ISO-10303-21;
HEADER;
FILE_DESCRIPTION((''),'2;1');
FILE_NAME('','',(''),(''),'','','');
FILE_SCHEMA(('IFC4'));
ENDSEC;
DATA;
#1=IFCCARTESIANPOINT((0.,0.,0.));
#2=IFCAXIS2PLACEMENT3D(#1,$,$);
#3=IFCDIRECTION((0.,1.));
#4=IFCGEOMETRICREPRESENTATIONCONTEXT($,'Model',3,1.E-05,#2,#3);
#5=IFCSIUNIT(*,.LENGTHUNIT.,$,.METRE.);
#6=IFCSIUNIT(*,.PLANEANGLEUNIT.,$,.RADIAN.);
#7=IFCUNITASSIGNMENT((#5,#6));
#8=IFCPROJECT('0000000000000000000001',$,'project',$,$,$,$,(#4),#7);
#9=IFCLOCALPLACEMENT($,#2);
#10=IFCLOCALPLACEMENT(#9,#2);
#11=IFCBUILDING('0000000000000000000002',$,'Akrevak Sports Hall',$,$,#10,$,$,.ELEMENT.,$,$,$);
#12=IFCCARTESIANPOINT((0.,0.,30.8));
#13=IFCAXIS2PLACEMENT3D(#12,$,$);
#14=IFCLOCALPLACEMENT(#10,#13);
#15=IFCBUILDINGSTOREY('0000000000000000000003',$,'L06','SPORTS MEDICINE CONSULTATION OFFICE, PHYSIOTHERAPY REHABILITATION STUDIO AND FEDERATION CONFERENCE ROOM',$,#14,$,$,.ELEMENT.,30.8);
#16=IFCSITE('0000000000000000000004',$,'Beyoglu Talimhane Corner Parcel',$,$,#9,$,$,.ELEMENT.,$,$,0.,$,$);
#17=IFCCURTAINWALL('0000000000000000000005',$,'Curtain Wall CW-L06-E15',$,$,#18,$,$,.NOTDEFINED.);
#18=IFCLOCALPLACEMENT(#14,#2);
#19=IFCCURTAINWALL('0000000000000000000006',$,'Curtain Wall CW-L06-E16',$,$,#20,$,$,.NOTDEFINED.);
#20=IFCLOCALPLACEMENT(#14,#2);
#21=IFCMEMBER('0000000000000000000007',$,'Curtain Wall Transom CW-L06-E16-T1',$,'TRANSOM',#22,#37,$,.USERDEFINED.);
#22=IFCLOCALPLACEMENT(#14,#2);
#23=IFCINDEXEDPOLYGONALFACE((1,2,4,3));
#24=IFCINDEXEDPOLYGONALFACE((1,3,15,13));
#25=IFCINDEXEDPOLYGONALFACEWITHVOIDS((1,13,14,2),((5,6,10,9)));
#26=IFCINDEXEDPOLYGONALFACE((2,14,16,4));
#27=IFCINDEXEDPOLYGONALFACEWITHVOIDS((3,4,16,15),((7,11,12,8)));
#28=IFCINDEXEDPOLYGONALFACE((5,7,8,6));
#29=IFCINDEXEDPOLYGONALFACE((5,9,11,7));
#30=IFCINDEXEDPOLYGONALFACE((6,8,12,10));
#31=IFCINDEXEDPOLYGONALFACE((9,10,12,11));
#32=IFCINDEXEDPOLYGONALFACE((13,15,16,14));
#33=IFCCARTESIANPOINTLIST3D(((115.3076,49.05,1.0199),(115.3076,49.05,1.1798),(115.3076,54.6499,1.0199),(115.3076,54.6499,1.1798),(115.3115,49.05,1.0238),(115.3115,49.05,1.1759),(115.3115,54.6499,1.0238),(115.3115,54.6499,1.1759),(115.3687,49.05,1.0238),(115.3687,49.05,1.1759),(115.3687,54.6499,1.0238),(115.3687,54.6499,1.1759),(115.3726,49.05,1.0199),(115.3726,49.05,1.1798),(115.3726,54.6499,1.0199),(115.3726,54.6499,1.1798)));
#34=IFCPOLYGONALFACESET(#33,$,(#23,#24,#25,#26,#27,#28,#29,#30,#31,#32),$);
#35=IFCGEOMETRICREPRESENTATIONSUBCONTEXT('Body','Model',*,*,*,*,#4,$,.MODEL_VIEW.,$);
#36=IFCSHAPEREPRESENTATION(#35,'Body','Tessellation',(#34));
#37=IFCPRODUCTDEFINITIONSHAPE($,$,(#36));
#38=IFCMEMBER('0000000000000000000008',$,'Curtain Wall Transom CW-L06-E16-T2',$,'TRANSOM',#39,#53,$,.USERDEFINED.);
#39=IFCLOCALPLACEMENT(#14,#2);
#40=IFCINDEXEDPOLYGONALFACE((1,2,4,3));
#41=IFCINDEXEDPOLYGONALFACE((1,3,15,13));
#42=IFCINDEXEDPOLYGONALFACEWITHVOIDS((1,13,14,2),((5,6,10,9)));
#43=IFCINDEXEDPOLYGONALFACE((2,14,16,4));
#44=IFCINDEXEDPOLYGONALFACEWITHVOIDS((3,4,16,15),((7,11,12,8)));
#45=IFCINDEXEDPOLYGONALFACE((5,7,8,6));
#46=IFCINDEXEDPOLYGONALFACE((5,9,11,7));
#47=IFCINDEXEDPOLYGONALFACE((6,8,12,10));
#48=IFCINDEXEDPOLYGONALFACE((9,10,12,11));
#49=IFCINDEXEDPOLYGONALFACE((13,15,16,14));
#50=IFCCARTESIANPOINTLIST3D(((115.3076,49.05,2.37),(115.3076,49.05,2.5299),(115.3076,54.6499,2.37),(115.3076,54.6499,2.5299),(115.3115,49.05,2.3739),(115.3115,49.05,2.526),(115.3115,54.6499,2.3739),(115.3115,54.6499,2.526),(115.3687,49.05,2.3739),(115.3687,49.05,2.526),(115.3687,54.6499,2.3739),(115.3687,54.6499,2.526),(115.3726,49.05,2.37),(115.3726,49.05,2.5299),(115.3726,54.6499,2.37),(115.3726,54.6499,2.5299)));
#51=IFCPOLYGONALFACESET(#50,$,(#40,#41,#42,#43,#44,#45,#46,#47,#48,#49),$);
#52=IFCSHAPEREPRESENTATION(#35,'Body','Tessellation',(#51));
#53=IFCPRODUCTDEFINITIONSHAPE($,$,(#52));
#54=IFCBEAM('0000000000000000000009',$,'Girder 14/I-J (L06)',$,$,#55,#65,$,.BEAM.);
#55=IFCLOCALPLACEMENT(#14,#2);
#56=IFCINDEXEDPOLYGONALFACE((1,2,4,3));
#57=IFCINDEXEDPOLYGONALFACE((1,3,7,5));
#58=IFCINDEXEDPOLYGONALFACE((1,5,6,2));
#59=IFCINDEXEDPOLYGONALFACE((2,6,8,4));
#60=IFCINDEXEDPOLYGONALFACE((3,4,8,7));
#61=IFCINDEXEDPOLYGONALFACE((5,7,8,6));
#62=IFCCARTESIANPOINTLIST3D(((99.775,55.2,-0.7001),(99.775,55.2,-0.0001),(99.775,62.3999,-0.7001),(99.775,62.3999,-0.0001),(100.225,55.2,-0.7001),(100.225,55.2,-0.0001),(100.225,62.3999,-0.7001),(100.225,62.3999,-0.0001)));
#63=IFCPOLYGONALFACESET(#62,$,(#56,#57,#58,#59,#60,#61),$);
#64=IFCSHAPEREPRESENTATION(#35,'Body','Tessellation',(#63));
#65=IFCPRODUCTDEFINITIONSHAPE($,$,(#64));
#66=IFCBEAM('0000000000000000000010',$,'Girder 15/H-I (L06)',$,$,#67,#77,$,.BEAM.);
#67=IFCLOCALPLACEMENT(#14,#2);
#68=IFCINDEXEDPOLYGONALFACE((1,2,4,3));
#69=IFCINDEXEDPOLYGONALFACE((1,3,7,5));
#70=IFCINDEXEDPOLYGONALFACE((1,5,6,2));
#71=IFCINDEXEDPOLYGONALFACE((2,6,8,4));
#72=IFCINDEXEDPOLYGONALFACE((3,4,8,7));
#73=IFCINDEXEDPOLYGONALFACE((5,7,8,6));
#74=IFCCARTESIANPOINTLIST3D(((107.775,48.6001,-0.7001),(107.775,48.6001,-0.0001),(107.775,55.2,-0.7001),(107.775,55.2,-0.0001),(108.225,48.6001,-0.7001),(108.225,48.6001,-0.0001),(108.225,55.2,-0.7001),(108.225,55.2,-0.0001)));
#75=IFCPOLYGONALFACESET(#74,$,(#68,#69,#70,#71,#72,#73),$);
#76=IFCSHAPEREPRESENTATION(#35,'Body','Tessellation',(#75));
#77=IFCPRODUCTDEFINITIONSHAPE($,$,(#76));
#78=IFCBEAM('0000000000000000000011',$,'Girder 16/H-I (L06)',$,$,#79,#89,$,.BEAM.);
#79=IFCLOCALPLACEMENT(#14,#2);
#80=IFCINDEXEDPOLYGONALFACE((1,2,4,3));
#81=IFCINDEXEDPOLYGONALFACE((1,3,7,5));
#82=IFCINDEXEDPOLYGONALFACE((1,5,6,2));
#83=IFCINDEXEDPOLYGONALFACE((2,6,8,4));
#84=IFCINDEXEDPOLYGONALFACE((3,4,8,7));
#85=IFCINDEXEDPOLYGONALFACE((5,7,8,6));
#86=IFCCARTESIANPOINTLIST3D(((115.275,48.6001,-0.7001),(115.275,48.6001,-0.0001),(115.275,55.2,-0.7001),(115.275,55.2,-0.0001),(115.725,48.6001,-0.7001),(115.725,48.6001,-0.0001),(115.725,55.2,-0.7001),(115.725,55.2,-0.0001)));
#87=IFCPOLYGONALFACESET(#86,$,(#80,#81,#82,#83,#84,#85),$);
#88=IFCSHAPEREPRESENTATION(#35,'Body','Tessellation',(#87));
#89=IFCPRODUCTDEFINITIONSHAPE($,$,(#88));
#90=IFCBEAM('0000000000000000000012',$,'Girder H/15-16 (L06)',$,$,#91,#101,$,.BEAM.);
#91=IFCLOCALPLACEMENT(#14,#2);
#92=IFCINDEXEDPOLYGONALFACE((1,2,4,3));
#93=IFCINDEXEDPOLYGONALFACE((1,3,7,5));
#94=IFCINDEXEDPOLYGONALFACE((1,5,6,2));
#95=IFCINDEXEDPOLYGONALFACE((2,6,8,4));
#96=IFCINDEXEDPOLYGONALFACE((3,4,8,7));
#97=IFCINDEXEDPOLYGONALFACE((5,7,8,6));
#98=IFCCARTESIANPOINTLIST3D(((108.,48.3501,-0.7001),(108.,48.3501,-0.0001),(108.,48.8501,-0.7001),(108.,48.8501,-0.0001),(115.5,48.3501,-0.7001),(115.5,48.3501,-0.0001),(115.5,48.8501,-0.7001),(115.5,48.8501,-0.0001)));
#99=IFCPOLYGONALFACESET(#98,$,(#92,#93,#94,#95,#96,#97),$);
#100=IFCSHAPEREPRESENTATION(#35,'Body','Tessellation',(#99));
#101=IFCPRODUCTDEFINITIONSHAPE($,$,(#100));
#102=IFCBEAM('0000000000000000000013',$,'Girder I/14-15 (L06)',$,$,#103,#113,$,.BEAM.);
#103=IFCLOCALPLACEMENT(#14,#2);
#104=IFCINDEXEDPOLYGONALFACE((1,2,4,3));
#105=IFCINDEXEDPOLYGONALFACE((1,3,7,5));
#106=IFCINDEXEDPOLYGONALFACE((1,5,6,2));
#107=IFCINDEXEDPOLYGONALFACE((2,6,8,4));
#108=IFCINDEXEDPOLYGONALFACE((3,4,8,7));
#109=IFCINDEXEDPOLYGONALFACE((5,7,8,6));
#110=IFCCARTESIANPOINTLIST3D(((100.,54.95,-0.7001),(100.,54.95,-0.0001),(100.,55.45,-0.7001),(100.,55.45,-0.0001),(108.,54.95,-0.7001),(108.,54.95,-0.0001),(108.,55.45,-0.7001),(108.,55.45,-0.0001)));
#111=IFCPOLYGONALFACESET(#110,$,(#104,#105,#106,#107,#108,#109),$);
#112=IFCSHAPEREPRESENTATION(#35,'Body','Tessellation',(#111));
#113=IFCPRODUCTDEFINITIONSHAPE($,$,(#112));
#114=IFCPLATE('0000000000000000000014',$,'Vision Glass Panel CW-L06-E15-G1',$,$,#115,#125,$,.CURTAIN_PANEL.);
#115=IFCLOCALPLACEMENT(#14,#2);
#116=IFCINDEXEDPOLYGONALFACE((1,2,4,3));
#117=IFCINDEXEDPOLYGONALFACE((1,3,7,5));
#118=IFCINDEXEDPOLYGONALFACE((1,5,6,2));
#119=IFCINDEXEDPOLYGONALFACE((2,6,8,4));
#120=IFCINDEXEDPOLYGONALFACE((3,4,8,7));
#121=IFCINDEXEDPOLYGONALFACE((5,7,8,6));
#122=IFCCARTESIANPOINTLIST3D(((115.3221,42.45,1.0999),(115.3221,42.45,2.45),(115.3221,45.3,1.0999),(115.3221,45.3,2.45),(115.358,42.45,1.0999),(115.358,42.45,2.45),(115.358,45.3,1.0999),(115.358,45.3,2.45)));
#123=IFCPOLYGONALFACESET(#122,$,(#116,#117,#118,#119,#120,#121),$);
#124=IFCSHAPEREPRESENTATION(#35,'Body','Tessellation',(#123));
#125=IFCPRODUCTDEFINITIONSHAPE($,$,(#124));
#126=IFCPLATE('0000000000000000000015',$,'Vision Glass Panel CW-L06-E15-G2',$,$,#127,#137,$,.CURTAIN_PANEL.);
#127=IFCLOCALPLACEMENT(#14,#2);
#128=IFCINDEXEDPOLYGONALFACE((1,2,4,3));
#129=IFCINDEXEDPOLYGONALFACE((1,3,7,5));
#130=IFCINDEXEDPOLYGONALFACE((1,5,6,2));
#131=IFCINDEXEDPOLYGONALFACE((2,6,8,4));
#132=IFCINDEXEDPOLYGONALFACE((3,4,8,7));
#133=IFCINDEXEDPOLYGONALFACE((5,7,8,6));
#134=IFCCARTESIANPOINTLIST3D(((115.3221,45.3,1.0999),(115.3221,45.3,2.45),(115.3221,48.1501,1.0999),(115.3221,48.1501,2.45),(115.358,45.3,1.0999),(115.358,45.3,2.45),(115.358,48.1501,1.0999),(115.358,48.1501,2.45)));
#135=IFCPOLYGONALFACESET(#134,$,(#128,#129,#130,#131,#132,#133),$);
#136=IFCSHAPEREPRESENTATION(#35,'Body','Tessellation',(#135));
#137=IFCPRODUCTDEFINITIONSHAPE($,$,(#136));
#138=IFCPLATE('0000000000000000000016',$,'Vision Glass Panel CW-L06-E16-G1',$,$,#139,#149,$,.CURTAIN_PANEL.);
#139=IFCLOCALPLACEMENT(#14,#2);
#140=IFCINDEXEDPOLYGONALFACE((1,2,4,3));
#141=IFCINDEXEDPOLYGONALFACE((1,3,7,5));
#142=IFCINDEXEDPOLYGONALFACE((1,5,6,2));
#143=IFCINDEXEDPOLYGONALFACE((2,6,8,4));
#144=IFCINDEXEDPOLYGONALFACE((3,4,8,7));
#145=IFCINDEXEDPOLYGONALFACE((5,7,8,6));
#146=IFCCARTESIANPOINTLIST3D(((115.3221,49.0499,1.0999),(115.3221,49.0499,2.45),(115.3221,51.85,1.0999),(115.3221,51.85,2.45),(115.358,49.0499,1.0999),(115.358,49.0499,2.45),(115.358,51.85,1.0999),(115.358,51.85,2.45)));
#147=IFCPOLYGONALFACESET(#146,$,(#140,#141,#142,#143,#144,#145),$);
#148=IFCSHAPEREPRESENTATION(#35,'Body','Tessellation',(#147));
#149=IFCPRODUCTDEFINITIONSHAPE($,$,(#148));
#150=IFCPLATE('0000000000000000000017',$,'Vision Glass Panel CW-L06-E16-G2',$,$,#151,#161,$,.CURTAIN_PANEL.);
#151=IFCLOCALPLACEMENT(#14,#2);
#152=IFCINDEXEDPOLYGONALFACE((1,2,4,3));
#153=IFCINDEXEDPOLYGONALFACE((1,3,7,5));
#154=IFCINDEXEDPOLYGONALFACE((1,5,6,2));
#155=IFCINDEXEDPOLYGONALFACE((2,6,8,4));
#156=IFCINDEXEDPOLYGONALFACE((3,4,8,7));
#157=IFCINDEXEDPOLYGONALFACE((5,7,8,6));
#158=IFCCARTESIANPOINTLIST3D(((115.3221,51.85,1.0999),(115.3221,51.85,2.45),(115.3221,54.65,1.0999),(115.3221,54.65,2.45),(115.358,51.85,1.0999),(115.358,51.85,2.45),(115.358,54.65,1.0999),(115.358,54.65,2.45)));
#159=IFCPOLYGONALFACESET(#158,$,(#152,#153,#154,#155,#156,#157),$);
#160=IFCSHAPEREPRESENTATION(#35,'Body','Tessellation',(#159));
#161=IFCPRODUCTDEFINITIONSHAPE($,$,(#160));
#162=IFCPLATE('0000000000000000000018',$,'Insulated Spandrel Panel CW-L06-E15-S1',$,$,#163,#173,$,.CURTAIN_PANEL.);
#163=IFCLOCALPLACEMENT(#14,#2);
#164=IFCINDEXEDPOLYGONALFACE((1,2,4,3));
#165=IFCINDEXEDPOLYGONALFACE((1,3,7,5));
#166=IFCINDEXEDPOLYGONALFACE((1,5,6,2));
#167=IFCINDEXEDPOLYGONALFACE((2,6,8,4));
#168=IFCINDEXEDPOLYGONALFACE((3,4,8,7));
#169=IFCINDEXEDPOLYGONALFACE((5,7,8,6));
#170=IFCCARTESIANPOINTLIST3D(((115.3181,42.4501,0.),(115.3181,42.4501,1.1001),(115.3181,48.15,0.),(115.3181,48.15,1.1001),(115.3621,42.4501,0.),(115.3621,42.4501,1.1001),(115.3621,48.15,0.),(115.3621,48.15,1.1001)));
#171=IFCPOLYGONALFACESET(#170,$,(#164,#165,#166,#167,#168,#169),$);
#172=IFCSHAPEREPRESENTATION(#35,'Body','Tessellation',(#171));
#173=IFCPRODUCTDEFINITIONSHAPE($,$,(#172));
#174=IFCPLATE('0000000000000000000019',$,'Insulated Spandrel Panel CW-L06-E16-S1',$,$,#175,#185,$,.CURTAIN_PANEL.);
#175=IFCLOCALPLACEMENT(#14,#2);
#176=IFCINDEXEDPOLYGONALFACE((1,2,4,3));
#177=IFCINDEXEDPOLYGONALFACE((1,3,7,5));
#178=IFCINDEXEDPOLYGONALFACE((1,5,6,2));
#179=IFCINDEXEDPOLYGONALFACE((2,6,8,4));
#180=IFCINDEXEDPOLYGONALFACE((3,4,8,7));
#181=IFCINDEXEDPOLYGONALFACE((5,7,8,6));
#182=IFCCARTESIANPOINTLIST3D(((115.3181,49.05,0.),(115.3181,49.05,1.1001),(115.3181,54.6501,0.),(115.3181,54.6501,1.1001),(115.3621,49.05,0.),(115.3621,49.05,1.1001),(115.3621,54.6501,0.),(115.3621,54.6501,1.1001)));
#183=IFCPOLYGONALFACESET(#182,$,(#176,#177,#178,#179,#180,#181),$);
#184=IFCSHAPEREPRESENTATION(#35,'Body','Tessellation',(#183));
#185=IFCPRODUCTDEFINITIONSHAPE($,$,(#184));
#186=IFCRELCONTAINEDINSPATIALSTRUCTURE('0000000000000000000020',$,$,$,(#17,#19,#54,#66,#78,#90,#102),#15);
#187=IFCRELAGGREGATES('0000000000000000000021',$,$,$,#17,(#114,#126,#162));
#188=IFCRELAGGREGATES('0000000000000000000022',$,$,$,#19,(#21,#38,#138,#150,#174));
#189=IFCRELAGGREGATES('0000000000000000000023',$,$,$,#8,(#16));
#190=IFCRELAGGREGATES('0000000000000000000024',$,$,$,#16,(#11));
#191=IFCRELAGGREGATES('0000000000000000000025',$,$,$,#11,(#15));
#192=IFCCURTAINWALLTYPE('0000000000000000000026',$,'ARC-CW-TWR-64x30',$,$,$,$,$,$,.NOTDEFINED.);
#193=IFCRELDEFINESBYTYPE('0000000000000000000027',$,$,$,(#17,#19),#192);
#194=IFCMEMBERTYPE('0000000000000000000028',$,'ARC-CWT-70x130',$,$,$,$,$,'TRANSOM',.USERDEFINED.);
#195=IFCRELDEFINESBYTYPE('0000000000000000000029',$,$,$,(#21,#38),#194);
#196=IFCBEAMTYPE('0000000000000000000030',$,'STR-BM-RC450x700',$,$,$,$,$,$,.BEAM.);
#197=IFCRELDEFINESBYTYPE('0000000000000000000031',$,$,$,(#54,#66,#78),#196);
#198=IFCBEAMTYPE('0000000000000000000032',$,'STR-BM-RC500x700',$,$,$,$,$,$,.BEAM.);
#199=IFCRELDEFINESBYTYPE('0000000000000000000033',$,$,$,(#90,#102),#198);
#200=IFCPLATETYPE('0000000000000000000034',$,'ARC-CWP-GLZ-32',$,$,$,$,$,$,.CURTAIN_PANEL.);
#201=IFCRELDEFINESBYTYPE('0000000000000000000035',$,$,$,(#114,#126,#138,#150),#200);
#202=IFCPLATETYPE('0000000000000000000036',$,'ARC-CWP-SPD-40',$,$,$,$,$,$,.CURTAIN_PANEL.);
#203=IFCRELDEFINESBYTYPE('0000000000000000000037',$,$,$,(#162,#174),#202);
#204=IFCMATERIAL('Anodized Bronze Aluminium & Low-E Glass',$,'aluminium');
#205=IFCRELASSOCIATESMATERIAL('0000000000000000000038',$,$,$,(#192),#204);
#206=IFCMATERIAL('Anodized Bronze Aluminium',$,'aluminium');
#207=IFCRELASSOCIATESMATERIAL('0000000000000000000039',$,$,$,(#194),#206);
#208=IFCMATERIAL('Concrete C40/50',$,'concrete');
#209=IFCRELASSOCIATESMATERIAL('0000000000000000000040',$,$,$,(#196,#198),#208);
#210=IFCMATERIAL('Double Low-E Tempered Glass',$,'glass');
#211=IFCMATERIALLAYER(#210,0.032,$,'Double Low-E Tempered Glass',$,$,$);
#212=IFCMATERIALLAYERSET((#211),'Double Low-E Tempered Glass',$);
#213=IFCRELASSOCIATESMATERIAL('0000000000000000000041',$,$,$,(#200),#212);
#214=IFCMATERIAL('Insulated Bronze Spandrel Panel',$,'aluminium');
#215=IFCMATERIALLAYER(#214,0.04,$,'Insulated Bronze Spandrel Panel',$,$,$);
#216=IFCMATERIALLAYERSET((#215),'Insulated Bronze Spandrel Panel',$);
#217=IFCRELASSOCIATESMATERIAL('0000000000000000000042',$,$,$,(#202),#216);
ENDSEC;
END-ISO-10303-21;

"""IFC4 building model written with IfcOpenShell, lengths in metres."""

from ifc_helpers import new_model, si_unit, direction, frame, origin, origin_2d, place, context, subcontext, project, spatial, rectangle, hollow_rectangle, extrude, material, layer, layer_set, material_profile, profile_set, type_object, element, aggregate, save


model = new_model("IFC4")

# Units and contexts
model_context = context("Model", 3, precision=1e-05, world=origin(), true_north=direction((0.0, 1.0)))
body_context = subcontext(model_context, "Body", "Model", "MODEL_VIEW")
ifc_project = project(units=[si_unit("LENGTHUNIT", "METRE"), si_unit("PLANEANGLEUNIT", "RADIAN")], contexts=[model_context])

# Site, building, storey
site_placement = place(None, origin())
site = spatial("IfcSite", under=ifc_project, at=site_placement, Name="Beyoglu Talimhane Corner Parcel", CompositionType="ELEMENT", RefElevation=0.0)
building_placement = place(site_placement, origin())
building = spatial("IfcBuilding", under=site, at=building_placement, Name="Akrevak Sports Hall", CompositionType="ELEMENT")
storey_placement = place(building_placement, frame((0.0, 0.0, 30.8)))
storey = spatial("IfcBuildingStorey", under=building, at=storey_placement, Name="L06", Description="SPORTS MEDICINE CONSULTATION OFFICE, PHYSIOTHERAPY REHABILITATION STUDIO AND FEDERATION CONFERENCE ROOM", CompositionType="ELEMENT", Elevation=30.8)

# Shared definitions
ifc_material_1 = material(Name="Concrete C40/50", Category="concrete")

# Curtain walls
ifc_material_2 = material(Name="Anodized Bronze Aluminium & Low-E Glass", Category="aluminium")
curtain_wall_type = type_object("IfcCurtainWallType", Name="ARC-CW-TWR-64x30", PredefinedType="NOTDEFINED", material=ifc_material_2)
curtain_wall_1_placement = place(storey_placement, origin())
curtain_wall_1 = element("IfcCurtainWall", 1, at=curtain_wall_1_placement, inside=storey, type_object=curtain_wall_type, Name="Curtain Wall CW-L06-E15", PredefinedType="NOTDEFINED")
ifc_material_3 = material(Name="Anodized Bronze Aluminium", Category="aluminium")
curtain_wall_2_placement = place(storey_placement, origin())
curtain_wall_2 = element("IfcCurtainWall", 2, at=curtain_wall_2_placement, inside=storey, type_object=curtain_wall_type, Name="Curtain Wall CW-L06-E16", PredefinedType="NOTDEFINED")

# Members
ifc_material_profile_1 = material_profile(ifc_material_3, hollow_rectangle(XDim=0.0649, YDim=0.1599, WallThickness=0.0039, at=origin_2d()), Name="CWT 65x160", Category="aluminium")
ifc_profile_set_1 = profile_set([ifc_material_profile_1], Name="Anodized Bronze Aluminium")
member_type_1 = type_object("IfcMemberType", Name="ARC-CWT-70x130", ElementType="TRANSOM", PredefinedType="USERDEFINED", material=ifc_profile_set_1)
member_1_placement = place(storey_placement, frame((115.3401, 49.05, 1.0999), z_axis=(0.0, 1.0, 0.0), x_axis=(-1.0, 0.0, 0.0)))
member_1 = element("IfcMember", 3, at=member_1_placement, type_object=member_type_1, Name="Curtain Wall Transom CW-L06-E16-T1", ObjectType="TRANSOM", PredefinedType="USERDEFINED", context=body_context, shape_type="SweptSolid", body=[
    extrude(hollow_rectangle(XDim=0.0649, YDim=0.1599, WallThickness=0.0039, at=origin_2d()), origin(), (0.0, 0.0, 1.0), 5.5999),
])
member_2_placement = place(storey_placement, frame((115.3401, 49.05, 2.45), z_axis=(0.0, 1.0, 0.0), x_axis=(-1.0, 0.0, 0.0)))
member_2 = element("IfcMember", 4, at=member_2_placement, type_object=member_type_1, Name="Curtain Wall Transom CW-L06-E16-T2", ObjectType="TRANSOM", PredefinedType="USERDEFINED", context=body_context, shape_type="SweptSolid", body=[
    extrude(hollow_rectangle(XDim=0.0649, YDim=0.1599, WallThickness=0.0039, at=origin_2d()), origin(), (0.0, 0.0, 1.0), 5.5999),
])

# Beams
ifc_material_profile_2 = material_profile(ifc_material_1, rectangle(XDim=0.45, YDim=0.7, at=origin_2d()), Name="BM 450x700", Category="concrete")
ifc_profile_set_2 = profile_set([ifc_material_profile_2], Name="Concrete C40/50")
beam_type_1 = type_object("IfcBeamType", Name="STR-BM-RC450x700", PredefinedType="BEAM", material=ifc_profile_set_2)
beam_1_placement = place(storey_placement, frame((100.0, 55.2, -0.3501), z_axis=(0.0, 1.0, 0.0), x_axis=(-1.0, 0.0, 0.0)))
element("IfcBeam", 5, at=beam_1_placement, inside=storey, type_object=beam_type_1, Name="Girder 14/I-J (L06)", PredefinedType="BEAM", context=body_context, shape_type="SweptSolid", body=[
    extrude(rectangle(XDim=0.45, YDim=0.7, at=origin_2d()), origin(), (0.0, 0.0, 1.0), 7.2),
])
for number, where, z_axis, x_axis, name in (
    (6, (108.0, 48.6001, -0.3501), (0.0, 1.0, 0.0), (-1.0, 0.0, 0.0), "Girder 15/H-I (L06)"),
    (7, (115.5, 48.6001, -0.3501), (0.0, 1.0, 0.0), (-1.0, 0.0, 0.0), "Girder 16/H-I (L06)"),
):
    element("IfcBeam", number, at=place(storey_placement, frame(where, z_axis=z_axis, x_axis=x_axis)), inside=storey, type_object=beam_type_1, Name=name, PredefinedType="BEAM", context=body_context, shape_type="SweptSolid", body=[
        extrude(rectangle(XDim=0.45, YDim=0.7, at=origin_2d()), origin(), (0.0, 0.0, 1.0), 6.5999),
    ])
ifc_material_profile_3 = material_profile(ifc_material_1, rectangle(XDim=0.5, YDim=0.7, at=origin_2d()), Name="BM 500x700", Category="concrete")
ifc_profile_set_3 = profile_set([ifc_material_profile_3], Name="Concrete C40/50")
beam_type_2 = type_object("IfcBeamType", Name="STR-BM-RC500x700", PredefinedType="BEAM", material=ifc_profile_set_3)
beam_2_placement = place(storey_placement, frame((108.0, 48.6001, -0.3501), z_axis=(1.0, 0.0, 0.0), x_axis=(0.0, 1.0, 0.0)))
element("IfcBeam", 8, at=beam_2_placement, inside=storey, type_object=beam_type_2, Name="Girder H/15-16 (L06)", PredefinedType="BEAM", context=body_context, shape_type="SweptSolid", body=[
    extrude(rectangle(XDim=0.5, YDim=0.7, at=origin_2d()), origin(), (0.0, 0.0, 1.0), 7.5),
])
beam_3_placement = place(storey_placement, frame((100.0, 55.2, -0.3501), z_axis=(1.0, 0.0, 0.0), x_axis=(0.0, 1.0, 0.0)))
element("IfcBeam", 9, at=beam_3_placement, inside=storey, type_object=beam_type_2, Name="Girder I/14-15 (L06)", PredefinedType="BEAM", context=body_context, shape_type="SweptSolid", body=[
    extrude(rectangle(XDim=0.5, YDim=0.7, at=origin_2d()), origin(), (0.0, 0.0, 1.0), 8.0),
])

# Plates
ifc_material_4 = material(Name="Double Low-E Tempered Glass", Category="glass")
ifc_layer_1 = layer(ifc_material_4, 0.032, Name="Double Low-E Tempered Glass")
ifc_layer_set_1 = layer_set([ifc_layer_1], Name="Double Low-E Tempered Glass")
plate_type_1 = type_object("IfcPlateType", Name="ARC-CWP-GLZ-32", PredefinedType="CURTAIN_PANEL", material=ifc_layer_set_1)
plate_1_placement = place(storey_placement, frame((115.3401, 43.875, 1.0999), z_axis=(0.0, 0.0, 1.0), x_axis=(0.0, 1.0, 0.0)))
plate_1 = element("IfcPlate", 10, at=plate_1_placement, type_object=plate_type_1, Name="Vision Glass Panel CW-L06-E15-G1", PredefinedType="CURTAIN_PANEL", context=body_context, shape_type="SweptSolid", body=[
    extrude(rectangle(XDim=2.8501, YDim=0.0359, at=origin_2d()), origin(), (0.0, 0.0, 1.0), 1.3501),
])
plate_2_placement = place(storey_placement, frame((115.3401, 46.7251, 1.0999), z_axis=(0.0, 0.0, 1.0), x_axis=(0.0, 1.0, 0.0)))
plate_2 = element("IfcPlate", 11, at=plate_2_placement, type_object=plate_type_1, Name="Vision Glass Panel CW-L06-E15-G2", PredefinedType="CURTAIN_PANEL", context=body_context, shape_type="SweptSolid", body=[
    extrude(rectangle(XDim=2.8501, YDim=0.0359, at=origin_2d()), origin(), (0.0, 0.0, 1.0), 1.3501),
])
plate_3_placement = place(storey_placement, frame((115.3401, 50.45, 1.0999), z_axis=(0.0, 0.0, 1.0), x_axis=(0.0, 1.0, 0.0)))
plate_3 = element("IfcPlate", 12, at=plate_3_placement, type_object=plate_type_1, Name="Vision Glass Panel CW-L06-E16-G1", PredefinedType="CURTAIN_PANEL", context=body_context, shape_type="SweptSolid", body=[
    extrude(rectangle(XDim=2.8, YDim=0.0359, at=origin_2d()), origin(), (0.0, 0.0, 1.0), 1.3501),
])
plate_4_placement = place(storey_placement, frame((115.3401, 53.25, 1.0999), z_axis=(0.0, 0.0, 1.0), x_axis=(0.0, 1.0, 0.0)))
plate_4 = element("IfcPlate", 13, at=plate_4_placement, type_object=plate_type_1, Name="Vision Glass Panel CW-L06-E16-G2", PredefinedType="CURTAIN_PANEL", context=body_context, shape_type="SweptSolid", body=[
    extrude(rectangle(XDim=2.8, YDim=0.0359, at=origin_2d()), origin(), (0.0, 0.0, 1.0), 1.3501),
])
ifc_material_5 = material(Name="Insulated Bronze Spandrel Panel", Category="aluminium")
ifc_layer_2 = layer(ifc_material_5, 0.04, Name="Insulated Bronze Spandrel Panel")
ifc_layer_set_2 = layer_set([ifc_layer_2], Name="Insulated Bronze Spandrel Panel")
plate_type_2 = type_object("IfcPlateType", Name="ARC-CWP-SPD-40", PredefinedType="CURTAIN_PANEL", material=ifc_layer_set_2)
plate_5_placement = place(storey_placement, frame((115.3401, 45.3, 0.0), z_axis=(0.0, 0.0, 1.0), x_axis=(0.0, 1.0, 0.0)))
plate_5 = element("IfcPlate", 14, at=plate_5_placement, type_object=plate_type_2, Name="Insulated Spandrel Panel CW-L06-E15-S1", PredefinedType="CURTAIN_PANEL", context=body_context, shape_type="SweptSolid", body=[
    extrude(rectangle(XDim=5.7, YDim=0.0439, at=origin_2d()), origin(), (0.0, 0.0, 1.0), 1.1001),
])
aggregate(curtain_wall_1, [plate_1, plate_2, plate_5])
plate_6_placement = place(storey_placement, frame((115.3401, 51.8501, 0.0), z_axis=(0.0, 0.0, 1.0), x_axis=(0.0, 1.0, 0.0)))
plate_6 = element("IfcPlate", 15, at=plate_6_placement, type_object=plate_type_2, Name="Insulated Spandrel Panel CW-L06-E16-S1", PredefinedType="CURTAIN_PANEL", context=body_context, shape_type="SweptSolid", body=[
    extrude(rectangle(XDim=5.6001, YDim=0.0439, at=origin_2d()), origin(), (0.0, 0.0, 1.0), 1.1001),
])
aggregate(curtain_wall_2, [member_1, member_2, plate_3, plate_4, plate_6])

save(model, "model.ifc")
